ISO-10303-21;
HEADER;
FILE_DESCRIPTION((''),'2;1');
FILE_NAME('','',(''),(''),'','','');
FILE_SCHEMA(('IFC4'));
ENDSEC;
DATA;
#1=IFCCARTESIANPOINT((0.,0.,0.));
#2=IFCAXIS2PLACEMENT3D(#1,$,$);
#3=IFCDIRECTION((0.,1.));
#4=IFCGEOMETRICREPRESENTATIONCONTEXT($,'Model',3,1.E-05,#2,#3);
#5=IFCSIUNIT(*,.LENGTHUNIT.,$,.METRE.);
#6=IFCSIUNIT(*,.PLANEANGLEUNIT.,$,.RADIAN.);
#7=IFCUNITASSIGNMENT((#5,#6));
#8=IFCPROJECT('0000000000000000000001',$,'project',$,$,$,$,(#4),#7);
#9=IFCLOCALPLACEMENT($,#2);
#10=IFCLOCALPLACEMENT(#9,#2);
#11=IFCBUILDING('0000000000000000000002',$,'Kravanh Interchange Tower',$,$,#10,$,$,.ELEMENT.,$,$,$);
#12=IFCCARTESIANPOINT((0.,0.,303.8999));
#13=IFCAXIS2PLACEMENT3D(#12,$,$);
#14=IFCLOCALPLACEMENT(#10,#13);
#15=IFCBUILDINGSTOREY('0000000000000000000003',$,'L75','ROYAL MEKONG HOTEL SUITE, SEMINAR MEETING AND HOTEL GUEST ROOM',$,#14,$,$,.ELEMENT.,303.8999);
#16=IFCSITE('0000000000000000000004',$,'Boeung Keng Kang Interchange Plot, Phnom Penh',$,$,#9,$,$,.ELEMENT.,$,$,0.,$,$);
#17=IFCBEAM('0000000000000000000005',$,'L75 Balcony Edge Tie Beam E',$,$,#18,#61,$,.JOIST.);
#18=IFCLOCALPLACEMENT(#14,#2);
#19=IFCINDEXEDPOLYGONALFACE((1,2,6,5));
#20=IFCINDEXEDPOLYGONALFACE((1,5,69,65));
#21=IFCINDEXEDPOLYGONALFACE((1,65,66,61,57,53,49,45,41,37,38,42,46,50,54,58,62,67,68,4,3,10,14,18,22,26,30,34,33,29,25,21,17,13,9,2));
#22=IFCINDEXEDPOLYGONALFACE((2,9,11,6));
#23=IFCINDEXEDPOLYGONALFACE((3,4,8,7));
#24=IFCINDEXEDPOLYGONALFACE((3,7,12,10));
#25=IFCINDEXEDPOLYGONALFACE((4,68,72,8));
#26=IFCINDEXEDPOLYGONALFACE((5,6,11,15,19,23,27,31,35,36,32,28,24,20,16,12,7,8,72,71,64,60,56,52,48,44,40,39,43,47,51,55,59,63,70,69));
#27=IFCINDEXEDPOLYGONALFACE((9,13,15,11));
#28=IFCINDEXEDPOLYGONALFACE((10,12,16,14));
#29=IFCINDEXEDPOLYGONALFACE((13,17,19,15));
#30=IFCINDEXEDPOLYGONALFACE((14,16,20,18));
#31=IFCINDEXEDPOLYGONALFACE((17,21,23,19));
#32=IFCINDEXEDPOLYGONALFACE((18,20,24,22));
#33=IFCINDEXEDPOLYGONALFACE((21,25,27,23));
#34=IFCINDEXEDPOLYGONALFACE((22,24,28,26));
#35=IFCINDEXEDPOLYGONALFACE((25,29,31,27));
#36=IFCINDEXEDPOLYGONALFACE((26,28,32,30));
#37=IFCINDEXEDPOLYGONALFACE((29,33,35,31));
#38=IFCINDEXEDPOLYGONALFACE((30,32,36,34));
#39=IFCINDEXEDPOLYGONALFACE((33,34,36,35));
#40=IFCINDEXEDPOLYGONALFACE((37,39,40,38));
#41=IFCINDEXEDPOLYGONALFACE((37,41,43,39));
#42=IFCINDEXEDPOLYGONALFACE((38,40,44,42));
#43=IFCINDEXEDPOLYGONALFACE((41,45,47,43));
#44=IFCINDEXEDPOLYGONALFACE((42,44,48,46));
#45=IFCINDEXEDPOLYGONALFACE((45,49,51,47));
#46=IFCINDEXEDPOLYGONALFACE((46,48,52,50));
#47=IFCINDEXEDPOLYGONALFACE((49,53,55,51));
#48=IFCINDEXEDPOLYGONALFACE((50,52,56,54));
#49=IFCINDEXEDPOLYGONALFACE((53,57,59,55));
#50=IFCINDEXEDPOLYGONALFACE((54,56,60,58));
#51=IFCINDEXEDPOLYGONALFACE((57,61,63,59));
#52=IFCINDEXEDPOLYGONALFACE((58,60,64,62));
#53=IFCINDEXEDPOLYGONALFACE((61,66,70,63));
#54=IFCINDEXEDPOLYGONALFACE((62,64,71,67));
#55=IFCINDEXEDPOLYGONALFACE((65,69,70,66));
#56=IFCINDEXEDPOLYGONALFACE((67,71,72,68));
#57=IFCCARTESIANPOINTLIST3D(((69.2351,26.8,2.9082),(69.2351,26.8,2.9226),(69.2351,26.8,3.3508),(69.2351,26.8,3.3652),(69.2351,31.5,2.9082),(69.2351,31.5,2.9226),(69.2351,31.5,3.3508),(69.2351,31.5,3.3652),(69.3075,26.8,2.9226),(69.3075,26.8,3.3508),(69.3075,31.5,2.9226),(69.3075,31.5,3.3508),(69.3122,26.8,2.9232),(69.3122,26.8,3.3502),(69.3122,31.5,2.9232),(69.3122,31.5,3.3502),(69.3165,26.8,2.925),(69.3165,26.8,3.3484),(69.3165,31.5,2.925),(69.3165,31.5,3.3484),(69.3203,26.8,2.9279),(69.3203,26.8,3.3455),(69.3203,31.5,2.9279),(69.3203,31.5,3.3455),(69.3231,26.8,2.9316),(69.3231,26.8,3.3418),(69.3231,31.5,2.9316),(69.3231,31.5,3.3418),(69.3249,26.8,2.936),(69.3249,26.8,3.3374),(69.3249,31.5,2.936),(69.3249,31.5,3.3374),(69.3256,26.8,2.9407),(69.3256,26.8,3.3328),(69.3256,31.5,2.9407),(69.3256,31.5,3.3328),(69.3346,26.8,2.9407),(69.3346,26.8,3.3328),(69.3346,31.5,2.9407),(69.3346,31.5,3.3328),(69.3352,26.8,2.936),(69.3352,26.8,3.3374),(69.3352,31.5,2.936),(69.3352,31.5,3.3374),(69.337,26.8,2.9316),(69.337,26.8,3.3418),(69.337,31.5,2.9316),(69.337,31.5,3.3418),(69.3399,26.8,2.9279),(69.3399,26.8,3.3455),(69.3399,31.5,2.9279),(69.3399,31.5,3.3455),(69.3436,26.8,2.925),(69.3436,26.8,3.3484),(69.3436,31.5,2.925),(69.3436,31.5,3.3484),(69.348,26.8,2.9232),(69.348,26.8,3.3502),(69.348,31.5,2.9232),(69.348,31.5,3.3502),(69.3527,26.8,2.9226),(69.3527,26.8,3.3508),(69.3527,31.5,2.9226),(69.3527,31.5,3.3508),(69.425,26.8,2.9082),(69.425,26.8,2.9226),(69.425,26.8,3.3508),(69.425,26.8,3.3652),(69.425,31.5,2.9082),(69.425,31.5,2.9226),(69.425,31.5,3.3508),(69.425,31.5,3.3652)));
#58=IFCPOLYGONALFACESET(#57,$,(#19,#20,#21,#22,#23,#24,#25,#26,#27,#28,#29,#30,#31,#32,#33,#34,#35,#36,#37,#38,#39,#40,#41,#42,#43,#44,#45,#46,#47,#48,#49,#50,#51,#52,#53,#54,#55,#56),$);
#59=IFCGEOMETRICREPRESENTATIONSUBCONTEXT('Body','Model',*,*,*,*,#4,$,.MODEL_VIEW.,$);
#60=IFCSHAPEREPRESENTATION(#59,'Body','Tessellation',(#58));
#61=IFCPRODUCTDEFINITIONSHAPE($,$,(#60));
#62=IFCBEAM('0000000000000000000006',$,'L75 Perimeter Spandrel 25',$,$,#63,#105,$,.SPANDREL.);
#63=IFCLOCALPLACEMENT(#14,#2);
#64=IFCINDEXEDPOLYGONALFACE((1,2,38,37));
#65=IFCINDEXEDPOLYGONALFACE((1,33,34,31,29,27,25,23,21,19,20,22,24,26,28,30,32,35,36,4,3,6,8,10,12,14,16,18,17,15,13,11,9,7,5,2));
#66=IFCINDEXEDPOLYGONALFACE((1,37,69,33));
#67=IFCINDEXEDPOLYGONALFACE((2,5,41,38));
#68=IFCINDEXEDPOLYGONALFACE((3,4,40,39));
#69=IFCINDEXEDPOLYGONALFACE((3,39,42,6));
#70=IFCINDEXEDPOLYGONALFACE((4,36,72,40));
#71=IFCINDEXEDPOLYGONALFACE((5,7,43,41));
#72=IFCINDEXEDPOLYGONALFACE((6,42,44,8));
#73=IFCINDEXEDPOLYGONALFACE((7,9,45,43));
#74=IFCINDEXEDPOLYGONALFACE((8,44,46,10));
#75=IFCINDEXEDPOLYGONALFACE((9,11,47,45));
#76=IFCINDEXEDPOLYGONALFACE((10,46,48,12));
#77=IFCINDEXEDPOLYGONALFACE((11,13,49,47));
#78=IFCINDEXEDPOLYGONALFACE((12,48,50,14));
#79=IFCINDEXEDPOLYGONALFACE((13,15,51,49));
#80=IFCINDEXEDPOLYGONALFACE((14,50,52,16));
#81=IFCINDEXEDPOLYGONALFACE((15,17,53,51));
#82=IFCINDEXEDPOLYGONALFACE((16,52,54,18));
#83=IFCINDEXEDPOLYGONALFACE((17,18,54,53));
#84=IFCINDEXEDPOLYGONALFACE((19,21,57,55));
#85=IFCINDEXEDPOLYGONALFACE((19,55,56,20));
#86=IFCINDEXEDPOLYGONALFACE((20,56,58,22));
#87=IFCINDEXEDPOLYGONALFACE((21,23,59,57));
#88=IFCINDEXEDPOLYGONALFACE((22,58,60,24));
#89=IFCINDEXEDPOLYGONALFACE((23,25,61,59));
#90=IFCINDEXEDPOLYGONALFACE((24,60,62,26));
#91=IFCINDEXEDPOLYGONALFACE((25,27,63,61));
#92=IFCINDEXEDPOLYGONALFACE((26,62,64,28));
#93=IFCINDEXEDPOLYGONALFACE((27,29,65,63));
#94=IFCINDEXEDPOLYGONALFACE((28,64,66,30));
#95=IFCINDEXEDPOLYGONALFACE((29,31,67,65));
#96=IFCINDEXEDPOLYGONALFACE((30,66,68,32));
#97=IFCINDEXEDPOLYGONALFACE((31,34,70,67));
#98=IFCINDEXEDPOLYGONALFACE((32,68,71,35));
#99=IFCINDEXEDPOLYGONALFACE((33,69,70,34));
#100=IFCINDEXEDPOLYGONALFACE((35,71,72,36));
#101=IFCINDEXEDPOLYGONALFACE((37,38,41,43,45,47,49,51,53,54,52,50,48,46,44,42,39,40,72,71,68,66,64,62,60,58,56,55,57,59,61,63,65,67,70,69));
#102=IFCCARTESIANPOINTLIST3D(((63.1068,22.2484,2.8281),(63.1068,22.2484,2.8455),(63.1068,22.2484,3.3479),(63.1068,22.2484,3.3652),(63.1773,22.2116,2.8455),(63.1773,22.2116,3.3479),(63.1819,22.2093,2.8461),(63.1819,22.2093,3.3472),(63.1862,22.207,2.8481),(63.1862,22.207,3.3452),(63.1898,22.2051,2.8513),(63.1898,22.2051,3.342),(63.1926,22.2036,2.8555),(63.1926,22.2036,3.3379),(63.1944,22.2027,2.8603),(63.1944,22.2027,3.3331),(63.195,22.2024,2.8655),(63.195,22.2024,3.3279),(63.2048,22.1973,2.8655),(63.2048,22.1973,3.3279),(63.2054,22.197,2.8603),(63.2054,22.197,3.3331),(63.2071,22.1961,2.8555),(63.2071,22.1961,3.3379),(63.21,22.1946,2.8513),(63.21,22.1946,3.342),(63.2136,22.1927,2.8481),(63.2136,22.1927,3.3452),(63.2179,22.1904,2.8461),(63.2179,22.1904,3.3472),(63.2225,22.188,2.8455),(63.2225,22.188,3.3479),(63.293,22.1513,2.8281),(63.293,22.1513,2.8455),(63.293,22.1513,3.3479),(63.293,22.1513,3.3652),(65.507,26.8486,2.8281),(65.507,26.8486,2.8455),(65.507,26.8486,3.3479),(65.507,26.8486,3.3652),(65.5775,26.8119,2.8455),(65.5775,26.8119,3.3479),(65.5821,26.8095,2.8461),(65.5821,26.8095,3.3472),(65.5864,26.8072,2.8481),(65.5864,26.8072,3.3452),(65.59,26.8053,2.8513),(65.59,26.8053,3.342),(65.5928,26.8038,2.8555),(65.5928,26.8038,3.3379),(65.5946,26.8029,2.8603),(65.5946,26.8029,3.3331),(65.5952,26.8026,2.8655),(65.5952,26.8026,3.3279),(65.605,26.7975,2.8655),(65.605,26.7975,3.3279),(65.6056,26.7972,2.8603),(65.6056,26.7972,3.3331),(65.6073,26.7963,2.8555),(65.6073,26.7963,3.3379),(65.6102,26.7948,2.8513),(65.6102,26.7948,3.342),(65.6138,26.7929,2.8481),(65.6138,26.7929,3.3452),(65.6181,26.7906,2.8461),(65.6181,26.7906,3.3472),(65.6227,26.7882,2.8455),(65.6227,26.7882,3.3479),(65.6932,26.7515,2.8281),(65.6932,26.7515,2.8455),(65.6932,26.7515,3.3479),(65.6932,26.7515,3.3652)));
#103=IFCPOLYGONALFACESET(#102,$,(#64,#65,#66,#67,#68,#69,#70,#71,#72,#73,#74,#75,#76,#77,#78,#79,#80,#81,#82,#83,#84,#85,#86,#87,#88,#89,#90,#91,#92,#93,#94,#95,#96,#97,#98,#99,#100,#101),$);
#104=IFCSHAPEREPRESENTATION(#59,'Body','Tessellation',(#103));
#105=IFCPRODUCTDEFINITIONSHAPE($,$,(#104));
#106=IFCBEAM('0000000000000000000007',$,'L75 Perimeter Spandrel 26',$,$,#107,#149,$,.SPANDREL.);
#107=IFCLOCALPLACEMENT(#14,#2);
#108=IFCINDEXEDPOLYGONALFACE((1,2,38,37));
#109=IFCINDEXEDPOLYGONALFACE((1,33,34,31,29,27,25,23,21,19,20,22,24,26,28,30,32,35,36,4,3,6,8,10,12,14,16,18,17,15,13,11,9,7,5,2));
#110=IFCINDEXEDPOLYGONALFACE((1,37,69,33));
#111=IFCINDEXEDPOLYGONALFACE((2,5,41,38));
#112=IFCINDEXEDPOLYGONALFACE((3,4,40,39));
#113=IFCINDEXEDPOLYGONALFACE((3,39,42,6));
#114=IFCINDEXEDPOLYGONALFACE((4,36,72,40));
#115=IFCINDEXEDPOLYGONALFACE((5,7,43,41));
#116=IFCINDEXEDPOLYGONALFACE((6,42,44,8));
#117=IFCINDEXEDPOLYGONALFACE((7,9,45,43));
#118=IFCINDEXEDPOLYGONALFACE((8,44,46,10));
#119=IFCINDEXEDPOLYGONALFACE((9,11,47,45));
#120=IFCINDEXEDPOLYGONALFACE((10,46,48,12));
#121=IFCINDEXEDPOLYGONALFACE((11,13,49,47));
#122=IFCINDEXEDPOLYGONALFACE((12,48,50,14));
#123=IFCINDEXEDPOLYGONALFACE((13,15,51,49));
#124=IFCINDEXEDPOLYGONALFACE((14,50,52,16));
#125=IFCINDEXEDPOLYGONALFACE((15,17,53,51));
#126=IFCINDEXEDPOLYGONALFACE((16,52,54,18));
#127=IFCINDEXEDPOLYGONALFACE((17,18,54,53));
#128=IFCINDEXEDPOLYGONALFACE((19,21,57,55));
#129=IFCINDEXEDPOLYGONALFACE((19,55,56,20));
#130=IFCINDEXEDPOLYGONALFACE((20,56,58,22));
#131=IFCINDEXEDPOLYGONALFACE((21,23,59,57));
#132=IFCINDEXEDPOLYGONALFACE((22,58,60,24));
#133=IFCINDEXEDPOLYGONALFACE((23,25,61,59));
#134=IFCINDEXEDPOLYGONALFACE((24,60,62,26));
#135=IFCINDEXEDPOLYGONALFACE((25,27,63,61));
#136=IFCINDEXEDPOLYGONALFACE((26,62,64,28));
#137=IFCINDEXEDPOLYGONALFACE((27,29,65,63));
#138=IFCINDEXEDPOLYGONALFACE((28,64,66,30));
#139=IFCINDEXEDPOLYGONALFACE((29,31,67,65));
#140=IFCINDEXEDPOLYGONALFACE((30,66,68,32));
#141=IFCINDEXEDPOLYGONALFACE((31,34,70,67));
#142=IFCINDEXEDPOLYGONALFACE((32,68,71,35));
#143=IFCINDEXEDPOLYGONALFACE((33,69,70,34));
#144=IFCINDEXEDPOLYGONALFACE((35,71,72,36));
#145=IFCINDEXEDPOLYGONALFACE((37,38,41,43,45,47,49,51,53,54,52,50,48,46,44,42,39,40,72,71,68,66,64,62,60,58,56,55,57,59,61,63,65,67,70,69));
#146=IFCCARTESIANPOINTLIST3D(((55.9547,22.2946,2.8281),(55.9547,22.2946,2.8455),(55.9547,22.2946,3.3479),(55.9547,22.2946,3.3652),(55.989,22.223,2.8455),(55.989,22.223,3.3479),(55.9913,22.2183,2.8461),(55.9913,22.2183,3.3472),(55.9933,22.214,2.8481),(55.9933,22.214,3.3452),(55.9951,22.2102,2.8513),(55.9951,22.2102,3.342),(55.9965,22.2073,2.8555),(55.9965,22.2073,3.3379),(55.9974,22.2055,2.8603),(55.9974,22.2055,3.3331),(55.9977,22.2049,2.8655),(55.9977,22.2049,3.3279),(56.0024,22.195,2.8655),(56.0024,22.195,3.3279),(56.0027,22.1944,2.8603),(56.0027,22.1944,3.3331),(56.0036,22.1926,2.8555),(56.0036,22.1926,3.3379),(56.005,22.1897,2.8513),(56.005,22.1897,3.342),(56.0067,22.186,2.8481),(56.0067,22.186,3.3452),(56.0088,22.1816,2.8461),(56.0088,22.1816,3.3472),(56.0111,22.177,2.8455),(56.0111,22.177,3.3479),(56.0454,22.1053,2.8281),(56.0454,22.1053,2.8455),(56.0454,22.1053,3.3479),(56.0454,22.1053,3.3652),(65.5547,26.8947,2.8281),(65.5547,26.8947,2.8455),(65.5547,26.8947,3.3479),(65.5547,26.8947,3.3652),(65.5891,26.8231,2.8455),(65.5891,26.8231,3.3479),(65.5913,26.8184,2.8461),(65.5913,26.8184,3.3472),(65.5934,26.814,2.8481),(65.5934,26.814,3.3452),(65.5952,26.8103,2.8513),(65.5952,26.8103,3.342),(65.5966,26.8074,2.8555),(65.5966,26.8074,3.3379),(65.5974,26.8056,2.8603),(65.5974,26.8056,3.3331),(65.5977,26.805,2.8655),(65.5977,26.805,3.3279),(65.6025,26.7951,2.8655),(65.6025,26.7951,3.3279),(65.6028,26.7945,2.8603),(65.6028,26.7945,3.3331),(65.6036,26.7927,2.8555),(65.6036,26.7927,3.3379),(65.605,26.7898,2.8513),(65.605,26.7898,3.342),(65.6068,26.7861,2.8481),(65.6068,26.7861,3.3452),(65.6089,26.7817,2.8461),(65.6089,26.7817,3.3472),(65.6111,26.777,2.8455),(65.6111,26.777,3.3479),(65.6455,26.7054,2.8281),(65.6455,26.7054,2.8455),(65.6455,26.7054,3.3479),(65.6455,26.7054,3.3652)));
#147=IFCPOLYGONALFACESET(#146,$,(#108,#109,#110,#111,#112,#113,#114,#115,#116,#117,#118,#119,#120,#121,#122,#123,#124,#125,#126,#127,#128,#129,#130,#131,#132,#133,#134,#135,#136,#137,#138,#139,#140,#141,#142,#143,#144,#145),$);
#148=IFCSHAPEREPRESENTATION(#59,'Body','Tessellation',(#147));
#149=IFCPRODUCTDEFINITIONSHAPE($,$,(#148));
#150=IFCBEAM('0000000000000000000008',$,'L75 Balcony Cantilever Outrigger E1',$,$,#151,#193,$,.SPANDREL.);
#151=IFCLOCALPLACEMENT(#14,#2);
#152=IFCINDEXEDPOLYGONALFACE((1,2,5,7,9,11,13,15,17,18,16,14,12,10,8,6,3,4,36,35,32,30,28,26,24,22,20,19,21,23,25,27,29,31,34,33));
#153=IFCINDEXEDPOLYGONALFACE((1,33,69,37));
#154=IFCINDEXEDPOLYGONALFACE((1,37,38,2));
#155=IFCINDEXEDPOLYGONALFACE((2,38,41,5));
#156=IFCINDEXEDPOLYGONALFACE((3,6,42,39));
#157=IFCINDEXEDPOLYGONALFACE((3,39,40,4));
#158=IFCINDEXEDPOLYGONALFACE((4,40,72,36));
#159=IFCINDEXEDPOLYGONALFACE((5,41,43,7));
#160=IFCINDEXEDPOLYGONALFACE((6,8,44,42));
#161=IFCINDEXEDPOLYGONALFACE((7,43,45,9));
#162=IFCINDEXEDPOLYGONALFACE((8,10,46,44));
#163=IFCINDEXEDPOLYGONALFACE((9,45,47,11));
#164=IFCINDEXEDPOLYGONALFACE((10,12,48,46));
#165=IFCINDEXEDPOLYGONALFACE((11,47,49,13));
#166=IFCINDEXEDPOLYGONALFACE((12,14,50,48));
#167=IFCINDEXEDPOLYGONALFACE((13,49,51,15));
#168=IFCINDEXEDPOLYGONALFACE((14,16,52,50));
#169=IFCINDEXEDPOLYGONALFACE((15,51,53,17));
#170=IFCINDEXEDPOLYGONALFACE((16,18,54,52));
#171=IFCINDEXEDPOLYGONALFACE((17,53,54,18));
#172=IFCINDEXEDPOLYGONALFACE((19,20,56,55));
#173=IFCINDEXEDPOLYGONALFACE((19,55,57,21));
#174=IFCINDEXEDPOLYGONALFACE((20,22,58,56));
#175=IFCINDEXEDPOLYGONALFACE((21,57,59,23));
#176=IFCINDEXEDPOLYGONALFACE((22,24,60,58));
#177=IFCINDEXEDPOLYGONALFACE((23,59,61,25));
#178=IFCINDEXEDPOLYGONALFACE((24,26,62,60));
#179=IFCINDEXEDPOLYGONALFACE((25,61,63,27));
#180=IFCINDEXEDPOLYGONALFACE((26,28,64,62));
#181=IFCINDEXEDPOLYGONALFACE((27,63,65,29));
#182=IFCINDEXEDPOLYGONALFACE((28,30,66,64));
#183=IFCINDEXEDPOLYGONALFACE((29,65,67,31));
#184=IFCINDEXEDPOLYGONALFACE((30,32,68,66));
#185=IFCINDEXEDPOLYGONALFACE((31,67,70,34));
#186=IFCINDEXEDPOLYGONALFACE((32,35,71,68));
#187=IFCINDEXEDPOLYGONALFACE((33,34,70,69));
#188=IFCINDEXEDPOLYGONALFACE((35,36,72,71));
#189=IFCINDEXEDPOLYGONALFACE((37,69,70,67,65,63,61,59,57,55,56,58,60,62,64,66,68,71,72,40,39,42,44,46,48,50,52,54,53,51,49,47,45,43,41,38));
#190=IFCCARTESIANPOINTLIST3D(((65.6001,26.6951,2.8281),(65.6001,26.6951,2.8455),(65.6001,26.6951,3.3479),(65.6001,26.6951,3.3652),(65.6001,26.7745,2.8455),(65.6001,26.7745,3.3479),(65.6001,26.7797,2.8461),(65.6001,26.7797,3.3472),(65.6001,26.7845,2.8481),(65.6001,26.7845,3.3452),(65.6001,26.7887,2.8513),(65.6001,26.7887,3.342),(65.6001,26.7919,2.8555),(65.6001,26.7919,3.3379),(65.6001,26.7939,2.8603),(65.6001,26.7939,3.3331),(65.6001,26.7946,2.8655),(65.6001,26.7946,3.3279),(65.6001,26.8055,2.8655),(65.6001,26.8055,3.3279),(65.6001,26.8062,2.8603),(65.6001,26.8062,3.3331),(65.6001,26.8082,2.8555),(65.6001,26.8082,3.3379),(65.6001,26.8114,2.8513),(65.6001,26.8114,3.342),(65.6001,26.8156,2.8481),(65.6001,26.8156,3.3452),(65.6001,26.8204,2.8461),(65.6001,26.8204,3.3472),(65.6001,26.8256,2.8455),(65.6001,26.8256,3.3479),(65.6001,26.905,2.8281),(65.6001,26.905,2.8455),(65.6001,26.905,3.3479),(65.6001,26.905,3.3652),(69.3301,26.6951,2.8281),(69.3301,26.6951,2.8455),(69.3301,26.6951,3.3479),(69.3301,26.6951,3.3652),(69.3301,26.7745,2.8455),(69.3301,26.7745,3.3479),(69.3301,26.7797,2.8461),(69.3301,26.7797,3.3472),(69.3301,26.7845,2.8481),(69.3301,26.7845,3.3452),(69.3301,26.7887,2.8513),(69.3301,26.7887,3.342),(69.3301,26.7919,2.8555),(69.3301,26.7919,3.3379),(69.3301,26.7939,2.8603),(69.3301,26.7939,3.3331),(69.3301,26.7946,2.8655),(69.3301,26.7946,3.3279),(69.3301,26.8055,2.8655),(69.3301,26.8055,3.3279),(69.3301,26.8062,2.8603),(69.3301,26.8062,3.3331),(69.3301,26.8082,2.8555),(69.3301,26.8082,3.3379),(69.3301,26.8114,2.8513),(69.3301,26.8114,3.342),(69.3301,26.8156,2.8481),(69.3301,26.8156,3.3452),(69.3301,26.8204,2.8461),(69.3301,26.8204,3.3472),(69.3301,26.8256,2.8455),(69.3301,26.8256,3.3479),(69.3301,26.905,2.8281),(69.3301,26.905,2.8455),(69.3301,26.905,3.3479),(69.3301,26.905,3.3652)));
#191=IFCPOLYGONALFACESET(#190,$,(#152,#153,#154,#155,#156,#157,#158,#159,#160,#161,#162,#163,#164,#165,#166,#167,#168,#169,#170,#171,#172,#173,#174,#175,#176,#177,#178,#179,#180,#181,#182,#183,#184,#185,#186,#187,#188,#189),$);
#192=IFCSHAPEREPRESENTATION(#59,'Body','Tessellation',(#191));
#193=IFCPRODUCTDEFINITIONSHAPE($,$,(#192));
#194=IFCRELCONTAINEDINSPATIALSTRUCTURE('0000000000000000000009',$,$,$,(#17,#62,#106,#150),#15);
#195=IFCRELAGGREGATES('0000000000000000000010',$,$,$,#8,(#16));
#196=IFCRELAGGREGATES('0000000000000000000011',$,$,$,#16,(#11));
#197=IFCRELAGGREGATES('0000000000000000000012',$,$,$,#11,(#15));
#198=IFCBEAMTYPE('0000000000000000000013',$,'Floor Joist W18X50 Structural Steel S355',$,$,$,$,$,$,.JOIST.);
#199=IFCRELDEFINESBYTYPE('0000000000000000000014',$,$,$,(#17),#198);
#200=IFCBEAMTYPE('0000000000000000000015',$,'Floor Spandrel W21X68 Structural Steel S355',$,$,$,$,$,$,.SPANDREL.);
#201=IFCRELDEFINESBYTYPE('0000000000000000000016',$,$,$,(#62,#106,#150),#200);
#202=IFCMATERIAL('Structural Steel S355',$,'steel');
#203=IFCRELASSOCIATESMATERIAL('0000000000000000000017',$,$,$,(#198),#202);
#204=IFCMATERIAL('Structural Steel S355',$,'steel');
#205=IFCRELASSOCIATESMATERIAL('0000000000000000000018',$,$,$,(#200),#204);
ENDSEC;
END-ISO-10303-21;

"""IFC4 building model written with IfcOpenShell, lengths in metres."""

from ifc_helpers import new_model, si_unit, direction, frame, origin, origin_2d, place, context, subcontext, project, spatial, i_section, extrude, material, material_profile, profile_set, type_object, element, save


model = new_model("IFC4")

# Units and contexts
model_context = context("Model", 3, precision=1e-05, world=origin(), true_north=direction((0.0, 1.0)))
body_context = subcontext(model_context, "Body", "Model", "MODEL_VIEW")
ifc_project = project(units=[si_unit("LENGTHUNIT", "METRE"), si_unit("PLANEANGLEUNIT", "RADIAN")], contexts=[model_context])

# Site, building, storey
site_placement = place(None, origin())
site = spatial("IfcSite", under=ifc_project, at=site_placement, Name="Boeung Keng Kang Interchange Plot, Phnom Penh", CompositionType="ELEMENT", RefElevation=0.0)
building_placement = place(site_placement, origin())
building = spatial("IfcBuilding", under=site, at=building_placement, Name="Kravanh Interchange Tower", CompositionType="ELEMENT")
storey_placement = place(building_placement, frame((0.0, 0.0, 303.8999)))
storey = spatial("IfcBuildingStorey", under=building, at=storey_placement, Name="L75", Description="ROYAL MEKONG HOTEL SUITE, SEMINAR MEETING AND HOTEL GUEST ROOM", CompositionType="ELEMENT", Elevation=303.8999)

# Beams
ifc_material_1 = material(Name="Structural Steel S355", Category="steel")
ifc_material_profile_1 = material_profile(ifc_material_1, i_section(OverallWidth=0.1899, OverallDepth=0.457, WebThickness=0.009, FlangeThickness=0.0144, FilletRadius=0.0181, at=origin_2d()), Name="W18X50")
ifc_profile_set_1 = profile_set([ifc_material_profile_1], Name="Structural Steel S355")
beam_type_1 = type_object("IfcBeamType", Name="Floor Joist W18X50 Structural Steel S355", PredefinedType="JOIST", material=ifc_profile_set_1)
beam_1_placement = place(storey_placement, frame((69.3301, 26.8, 3.1367), z_axis=(0.0, 1.0, 0.0), x_axis=(-1.0, 0.0, 0.0)))
element("IfcBeam", 1, at=beam_1_placement, inside=storey, type_object=beam_type_1, Name="L75 Balcony Edge Tie Beam E", PredefinedType="JOIST", context=body_context, shape_type="SweptSolid", body=[
    extrude(i_section(OverallWidth=0.1899, OverallDepth=0.457, WebThickness=0.009, FlangeThickness=0.0144, FilletRadius=0.0181, at=origin_2d()), origin(), (0.0, 0.0, 1.0), 4.7),
])
ifc_material_2 = material(Name="Structural Steel S355", Category="steel")
ifc_material_profile_2 = material_profile(ifc_material_2, i_section(OverallWidth=0.21, OverallDepth=0.5371, WebThickness=0.011, FlangeThickness=0.0173, FilletRadius=0.02, at=origin_2d()), Name="W21X68")
ifc_profile_set_2 = profile_set([ifc_material_profile_2], Name="Structural Steel S355")
beam_type_2 = type_object("IfcBeamType", Name="Floor Spandrel W21X68 Structural Steel S355", PredefinedType="SPANDREL", material=ifc_profile_set_2)
beam_2_placement = place(storey_placement, frame((65.6001, 26.8, 3.0967), z_axis=(-0.46258, -0.886577, 0.0), x_axis=(0.886577, -0.46258, 0.0)))
element("IfcBeam", 2, at=beam_2_placement, inside=storey, type_object=beam_type_2, Name="L75 Perimeter Spandrel 25", PredefinedType="SPANDREL", context=body_context, shape_type="SweptSolid", body=[
    extrude(i_section(OverallWidth=0.21, OverallDepth=0.5371, WebThickness=0.011, FlangeThickness=0.0173, FilletRadius=0.02, at=origin_2d()), origin(), (0.0, 0.0, 1.0), 5.1887),
])
beam_3_placement = place(storey_placement, frame((65.6001, 26.8, 3.0967), z_axis=(-0.901814, -0.432124, 0.0), x_axis=(0.432124, -0.901814, 0.0)))
element("IfcBeam", 3, at=beam_3_placement, inside=storey, type_object=beam_type_2, Name="L75 Perimeter Spandrel 26", PredefinedType="SPANDREL", context=body_context, shape_type="SweptSolid", body=[
    extrude(i_section(OverallWidth=0.21, OverallDepth=0.5371, WebThickness=0.011, FlangeThickness=0.0173, FilletRadius=0.02, at=origin_2d()), origin(), (0.0, 0.0, 1.0), 10.6453),
])
beam_4_placement = place(storey_placement, frame((65.6001, 26.8, 3.0967), z_axis=(1.0, 0.0, 0.0), x_axis=(0.0, 1.0, 0.0)))
element("IfcBeam", 4, at=beam_4_placement, inside=storey, type_object=beam_type_2, Name="L75 Balcony Cantilever Outrigger E1", PredefinedType="SPANDREL", context=body_context, shape_type="SweptSolid", body=[
    extrude(i_section(OverallWidth=0.21, OverallDepth=0.5371, WebThickness=0.011, FlangeThickness=0.0173, FilletRadius=0.02, at=origin_2d()), origin(), (0.0, 0.0, 1.0), 3.73),
])

save(model, "model.ifc")
